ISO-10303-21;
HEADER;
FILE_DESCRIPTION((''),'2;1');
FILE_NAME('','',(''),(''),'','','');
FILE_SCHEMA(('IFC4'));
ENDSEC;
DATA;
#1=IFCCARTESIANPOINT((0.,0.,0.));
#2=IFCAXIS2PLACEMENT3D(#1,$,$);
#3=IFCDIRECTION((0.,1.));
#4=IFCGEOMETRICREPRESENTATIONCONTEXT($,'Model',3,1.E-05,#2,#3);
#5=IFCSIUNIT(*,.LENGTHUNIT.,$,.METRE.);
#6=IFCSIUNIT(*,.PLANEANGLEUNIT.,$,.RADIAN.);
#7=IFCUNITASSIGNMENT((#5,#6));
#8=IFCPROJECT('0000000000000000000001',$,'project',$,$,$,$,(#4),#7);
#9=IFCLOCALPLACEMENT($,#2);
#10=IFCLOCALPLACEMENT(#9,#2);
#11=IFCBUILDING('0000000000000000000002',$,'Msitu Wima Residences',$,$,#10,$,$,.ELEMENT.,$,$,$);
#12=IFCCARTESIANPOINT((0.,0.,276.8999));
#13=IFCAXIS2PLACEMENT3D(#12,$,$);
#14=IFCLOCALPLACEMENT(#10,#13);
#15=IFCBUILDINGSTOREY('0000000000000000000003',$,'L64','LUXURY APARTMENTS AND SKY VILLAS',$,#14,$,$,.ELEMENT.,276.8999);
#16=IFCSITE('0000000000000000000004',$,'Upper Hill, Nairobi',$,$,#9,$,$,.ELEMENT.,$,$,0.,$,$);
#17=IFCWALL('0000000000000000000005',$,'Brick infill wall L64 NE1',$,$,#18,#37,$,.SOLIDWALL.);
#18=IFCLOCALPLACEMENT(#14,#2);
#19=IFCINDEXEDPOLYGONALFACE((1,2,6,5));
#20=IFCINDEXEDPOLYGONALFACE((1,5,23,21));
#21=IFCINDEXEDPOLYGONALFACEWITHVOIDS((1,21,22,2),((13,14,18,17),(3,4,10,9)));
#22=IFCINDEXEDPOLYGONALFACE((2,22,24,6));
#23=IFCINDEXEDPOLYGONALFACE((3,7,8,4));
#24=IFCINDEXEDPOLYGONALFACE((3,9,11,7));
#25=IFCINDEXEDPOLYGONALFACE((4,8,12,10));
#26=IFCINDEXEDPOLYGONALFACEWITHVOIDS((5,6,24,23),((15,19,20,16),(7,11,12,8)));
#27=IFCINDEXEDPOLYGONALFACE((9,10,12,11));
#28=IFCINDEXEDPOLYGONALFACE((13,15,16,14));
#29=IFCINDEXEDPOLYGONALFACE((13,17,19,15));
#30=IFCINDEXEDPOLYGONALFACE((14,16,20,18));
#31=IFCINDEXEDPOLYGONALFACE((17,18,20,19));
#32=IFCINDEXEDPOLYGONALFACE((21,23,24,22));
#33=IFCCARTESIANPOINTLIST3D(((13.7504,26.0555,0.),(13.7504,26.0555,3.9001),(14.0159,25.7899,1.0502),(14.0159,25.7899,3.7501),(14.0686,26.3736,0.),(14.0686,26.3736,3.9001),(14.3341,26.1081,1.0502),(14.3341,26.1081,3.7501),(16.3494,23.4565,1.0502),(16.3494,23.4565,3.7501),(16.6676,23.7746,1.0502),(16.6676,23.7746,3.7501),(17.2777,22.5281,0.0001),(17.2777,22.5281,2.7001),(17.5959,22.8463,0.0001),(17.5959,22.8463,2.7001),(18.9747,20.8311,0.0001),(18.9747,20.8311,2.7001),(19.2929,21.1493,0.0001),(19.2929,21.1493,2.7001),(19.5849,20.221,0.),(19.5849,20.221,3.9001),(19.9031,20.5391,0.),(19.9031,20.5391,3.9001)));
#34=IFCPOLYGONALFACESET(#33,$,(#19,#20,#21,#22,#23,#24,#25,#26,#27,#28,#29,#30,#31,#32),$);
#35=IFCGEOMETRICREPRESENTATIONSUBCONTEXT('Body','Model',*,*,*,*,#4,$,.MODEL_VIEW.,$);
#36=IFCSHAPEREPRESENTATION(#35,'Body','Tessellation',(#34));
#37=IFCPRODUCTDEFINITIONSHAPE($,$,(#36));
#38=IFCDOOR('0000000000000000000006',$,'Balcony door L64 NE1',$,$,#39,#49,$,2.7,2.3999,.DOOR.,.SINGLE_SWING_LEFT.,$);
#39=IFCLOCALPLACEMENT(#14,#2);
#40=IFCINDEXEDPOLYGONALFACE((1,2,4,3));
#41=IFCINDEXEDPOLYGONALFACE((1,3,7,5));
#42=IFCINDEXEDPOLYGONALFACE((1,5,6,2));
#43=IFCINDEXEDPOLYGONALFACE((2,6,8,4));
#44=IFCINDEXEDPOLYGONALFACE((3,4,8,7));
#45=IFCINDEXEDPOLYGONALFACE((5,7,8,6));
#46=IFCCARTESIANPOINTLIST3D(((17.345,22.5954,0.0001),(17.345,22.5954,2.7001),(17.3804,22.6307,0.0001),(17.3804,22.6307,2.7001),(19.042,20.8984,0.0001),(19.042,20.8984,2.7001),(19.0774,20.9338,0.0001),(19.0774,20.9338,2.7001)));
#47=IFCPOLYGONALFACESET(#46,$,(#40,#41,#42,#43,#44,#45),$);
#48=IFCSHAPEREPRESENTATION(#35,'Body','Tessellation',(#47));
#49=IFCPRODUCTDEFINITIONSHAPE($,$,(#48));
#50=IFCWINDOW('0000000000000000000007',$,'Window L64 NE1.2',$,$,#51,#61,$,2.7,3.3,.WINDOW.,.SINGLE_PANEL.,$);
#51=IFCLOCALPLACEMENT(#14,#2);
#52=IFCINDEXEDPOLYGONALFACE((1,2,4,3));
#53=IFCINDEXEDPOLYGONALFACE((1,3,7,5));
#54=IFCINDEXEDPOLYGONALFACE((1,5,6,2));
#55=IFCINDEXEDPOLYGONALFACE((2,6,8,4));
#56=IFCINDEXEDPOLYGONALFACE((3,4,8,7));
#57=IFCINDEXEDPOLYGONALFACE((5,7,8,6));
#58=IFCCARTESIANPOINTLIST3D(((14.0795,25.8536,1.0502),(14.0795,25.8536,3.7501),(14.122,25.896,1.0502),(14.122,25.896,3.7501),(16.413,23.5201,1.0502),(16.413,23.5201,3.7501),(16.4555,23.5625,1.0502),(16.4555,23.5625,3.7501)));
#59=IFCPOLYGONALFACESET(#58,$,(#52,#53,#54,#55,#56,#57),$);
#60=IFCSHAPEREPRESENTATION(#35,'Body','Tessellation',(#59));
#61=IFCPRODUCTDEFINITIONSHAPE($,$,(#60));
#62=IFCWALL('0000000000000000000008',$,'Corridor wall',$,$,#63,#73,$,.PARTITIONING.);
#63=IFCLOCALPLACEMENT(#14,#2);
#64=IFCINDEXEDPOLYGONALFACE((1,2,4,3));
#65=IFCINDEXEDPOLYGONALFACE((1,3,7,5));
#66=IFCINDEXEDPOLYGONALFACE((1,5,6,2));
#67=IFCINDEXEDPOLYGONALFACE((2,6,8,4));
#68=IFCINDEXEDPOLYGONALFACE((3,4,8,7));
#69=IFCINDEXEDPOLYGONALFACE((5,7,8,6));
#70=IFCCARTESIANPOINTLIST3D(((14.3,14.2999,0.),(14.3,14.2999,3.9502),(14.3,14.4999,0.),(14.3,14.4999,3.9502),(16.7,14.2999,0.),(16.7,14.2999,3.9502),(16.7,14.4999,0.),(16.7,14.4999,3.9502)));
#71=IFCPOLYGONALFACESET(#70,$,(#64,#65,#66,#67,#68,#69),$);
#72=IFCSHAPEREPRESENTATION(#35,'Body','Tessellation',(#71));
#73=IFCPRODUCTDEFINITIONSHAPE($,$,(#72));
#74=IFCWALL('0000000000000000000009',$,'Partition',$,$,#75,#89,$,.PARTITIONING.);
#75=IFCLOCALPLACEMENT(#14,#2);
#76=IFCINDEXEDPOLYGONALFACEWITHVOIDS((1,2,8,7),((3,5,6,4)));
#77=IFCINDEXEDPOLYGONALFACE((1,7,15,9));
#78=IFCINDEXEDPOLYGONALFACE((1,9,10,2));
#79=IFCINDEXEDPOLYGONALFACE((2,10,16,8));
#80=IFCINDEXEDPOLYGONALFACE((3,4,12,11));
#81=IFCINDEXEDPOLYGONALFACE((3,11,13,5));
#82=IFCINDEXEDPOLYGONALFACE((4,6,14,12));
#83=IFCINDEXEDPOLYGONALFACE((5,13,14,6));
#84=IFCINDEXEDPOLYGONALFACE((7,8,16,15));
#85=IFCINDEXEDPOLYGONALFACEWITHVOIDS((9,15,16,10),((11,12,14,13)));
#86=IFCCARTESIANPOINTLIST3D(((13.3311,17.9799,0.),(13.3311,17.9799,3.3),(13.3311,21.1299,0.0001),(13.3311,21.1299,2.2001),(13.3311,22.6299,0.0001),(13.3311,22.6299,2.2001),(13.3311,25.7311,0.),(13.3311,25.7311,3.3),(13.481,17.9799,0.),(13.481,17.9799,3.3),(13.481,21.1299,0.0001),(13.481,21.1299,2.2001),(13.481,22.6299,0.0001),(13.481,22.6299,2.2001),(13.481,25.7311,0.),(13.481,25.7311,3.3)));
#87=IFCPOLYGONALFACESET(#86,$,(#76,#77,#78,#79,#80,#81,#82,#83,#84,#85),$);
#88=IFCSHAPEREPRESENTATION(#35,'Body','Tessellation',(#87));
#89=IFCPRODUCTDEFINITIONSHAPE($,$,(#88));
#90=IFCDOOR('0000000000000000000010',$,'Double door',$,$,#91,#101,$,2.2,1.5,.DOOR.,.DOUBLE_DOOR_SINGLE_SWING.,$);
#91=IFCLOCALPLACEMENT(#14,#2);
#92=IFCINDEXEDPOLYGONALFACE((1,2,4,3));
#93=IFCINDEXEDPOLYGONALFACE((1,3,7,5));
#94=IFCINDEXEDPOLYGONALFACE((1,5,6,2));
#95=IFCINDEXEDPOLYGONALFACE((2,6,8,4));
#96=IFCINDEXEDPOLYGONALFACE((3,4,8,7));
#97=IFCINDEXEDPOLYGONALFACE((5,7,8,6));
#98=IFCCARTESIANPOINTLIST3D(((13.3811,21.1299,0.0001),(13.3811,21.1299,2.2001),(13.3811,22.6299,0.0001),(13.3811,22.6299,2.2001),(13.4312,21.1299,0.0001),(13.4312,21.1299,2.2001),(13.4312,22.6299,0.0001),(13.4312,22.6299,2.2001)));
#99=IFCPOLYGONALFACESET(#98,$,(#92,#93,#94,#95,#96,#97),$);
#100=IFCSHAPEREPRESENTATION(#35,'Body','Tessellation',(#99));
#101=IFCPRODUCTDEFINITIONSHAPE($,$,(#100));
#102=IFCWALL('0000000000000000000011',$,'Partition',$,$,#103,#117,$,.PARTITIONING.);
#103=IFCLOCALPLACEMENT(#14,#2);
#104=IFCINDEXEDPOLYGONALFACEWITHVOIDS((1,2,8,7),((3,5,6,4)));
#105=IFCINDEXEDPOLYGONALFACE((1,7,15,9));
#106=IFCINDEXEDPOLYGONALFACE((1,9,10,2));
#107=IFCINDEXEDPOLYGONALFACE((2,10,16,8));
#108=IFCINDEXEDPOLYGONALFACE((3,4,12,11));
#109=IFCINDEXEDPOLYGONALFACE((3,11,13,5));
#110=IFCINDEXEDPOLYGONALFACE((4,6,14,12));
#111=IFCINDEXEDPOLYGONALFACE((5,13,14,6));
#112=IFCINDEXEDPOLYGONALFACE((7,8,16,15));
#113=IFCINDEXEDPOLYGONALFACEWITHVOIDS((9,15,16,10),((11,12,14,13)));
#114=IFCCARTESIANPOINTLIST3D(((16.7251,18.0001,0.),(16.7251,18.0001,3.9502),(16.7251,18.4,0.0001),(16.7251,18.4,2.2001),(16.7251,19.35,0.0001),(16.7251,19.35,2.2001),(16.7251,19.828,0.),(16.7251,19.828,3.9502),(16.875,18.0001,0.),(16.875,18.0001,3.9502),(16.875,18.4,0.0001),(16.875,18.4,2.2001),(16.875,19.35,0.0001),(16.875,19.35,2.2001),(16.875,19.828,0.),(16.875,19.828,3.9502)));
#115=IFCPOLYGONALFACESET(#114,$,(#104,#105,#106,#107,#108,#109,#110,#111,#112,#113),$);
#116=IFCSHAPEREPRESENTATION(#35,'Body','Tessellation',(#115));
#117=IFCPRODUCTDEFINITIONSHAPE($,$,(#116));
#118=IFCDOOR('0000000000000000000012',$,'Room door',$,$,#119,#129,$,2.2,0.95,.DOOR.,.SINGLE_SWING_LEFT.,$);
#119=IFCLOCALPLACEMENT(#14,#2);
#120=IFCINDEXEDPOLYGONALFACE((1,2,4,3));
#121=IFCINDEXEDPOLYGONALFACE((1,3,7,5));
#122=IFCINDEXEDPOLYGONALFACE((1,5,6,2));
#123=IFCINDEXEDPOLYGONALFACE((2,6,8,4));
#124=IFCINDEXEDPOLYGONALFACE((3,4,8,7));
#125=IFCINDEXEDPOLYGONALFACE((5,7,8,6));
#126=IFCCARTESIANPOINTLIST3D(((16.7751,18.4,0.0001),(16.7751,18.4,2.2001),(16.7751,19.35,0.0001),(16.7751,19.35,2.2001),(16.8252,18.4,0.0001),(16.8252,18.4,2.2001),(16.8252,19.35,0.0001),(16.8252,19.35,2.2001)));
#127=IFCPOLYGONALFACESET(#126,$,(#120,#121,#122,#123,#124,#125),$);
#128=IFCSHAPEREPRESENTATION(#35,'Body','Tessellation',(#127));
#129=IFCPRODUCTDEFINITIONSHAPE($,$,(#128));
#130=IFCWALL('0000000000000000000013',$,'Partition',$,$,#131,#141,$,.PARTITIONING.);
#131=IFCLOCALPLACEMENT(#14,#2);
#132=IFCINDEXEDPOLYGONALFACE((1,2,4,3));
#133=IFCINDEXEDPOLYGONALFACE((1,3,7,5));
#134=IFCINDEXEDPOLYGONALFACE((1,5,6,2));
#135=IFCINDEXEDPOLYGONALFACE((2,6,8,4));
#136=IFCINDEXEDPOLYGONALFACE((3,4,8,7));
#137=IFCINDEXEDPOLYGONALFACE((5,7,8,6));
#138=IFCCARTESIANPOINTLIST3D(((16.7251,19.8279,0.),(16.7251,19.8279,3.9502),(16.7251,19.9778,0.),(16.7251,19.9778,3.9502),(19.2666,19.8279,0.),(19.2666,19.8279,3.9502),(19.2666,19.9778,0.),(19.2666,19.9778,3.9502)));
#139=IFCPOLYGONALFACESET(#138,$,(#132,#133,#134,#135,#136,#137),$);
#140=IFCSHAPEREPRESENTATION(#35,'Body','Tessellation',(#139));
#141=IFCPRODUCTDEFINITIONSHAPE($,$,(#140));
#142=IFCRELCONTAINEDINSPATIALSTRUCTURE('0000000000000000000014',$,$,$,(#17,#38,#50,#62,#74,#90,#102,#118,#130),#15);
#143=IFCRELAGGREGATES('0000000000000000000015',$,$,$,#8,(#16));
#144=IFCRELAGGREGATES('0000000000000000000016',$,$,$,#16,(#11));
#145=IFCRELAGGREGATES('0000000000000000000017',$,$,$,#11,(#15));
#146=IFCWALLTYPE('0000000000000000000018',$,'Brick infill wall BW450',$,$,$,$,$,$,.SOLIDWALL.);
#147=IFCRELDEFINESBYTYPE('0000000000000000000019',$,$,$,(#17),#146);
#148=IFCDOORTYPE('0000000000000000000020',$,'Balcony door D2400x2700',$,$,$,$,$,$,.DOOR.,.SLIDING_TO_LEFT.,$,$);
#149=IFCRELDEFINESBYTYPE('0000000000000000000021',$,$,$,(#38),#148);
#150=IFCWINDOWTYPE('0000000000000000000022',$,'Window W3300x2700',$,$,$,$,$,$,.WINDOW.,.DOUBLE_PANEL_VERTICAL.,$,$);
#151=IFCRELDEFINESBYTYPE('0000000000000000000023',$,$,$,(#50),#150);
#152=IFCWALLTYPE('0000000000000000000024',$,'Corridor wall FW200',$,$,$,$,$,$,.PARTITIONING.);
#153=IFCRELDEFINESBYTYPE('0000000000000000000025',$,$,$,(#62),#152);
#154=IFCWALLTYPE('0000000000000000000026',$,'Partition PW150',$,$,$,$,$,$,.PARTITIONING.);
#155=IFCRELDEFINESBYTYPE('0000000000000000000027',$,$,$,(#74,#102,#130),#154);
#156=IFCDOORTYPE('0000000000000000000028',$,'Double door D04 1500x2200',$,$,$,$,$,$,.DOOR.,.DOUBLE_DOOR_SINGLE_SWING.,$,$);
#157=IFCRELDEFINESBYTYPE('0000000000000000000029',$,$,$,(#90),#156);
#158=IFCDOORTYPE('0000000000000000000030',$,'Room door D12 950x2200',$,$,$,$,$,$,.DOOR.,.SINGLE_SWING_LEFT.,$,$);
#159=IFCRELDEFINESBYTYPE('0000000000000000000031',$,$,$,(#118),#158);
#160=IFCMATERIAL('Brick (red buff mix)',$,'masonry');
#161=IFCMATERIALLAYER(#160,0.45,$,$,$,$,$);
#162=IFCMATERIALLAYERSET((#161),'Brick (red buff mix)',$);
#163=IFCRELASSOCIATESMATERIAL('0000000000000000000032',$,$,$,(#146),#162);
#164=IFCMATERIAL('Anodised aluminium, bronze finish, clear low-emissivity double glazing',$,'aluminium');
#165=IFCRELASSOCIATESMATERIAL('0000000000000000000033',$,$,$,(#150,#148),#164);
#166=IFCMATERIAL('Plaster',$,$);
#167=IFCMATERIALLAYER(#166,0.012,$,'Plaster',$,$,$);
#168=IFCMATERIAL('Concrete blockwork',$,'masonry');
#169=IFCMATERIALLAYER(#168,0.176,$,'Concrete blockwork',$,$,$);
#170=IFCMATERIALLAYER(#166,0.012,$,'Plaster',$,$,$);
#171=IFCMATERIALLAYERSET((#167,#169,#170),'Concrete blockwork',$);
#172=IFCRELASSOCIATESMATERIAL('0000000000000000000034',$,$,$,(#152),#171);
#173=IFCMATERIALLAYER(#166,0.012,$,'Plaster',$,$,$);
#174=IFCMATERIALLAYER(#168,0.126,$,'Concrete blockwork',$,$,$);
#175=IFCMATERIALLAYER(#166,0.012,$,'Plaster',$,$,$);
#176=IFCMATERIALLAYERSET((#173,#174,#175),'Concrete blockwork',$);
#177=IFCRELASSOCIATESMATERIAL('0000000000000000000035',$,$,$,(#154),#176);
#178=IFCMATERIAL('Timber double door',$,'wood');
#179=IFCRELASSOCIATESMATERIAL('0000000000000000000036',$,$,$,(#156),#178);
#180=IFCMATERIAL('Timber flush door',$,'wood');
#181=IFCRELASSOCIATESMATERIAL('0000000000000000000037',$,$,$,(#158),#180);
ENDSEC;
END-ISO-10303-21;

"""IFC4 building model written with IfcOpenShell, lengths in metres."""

from ifc_helpers import new_model, si_unit, direction, frame, frame_2d, origin, place, context, subcontext, project, spatial, rectangle, extrude, material, layer, layer_set, type_object, element, fill, save


model = new_model("IFC4")

# Units and contexts
model_context = context("Model", 3, precision=1e-05, world=origin(), true_north=direction((0.0, 1.0)))
body_context = subcontext(model_context, "Body", "Model", "MODEL_VIEW")
ifc_project = project(units=[si_unit("LENGTHUNIT", "METRE"), si_unit("PLANEANGLEUNIT", "RADIAN")], contexts=[model_context])

# Site, building, storey
site_placement = place(None, origin())
site = spatial("IfcSite", under=ifc_project, at=site_placement, Name="Upper Hill, Nairobi", CompositionType="ELEMENT", RefElevation=0.0)
building_placement = place(site_placement, origin())
building = spatial("IfcBuilding", under=site, at=building_placement, Name="Msitu Wima Residences", CompositionType="ELEMENT")
storey_placement = place(building_placement, frame((0.0, 0.0, 276.8999)))
storey = spatial("IfcBuildingStorey", under=building, at=storey_placement, Name="L64", Description="LUXURY APARTMENTS AND SKY VILLAS", CompositionType="ELEMENT", Elevation=276.8999)

# Shared definitions
ifc_material_1 = material(Name="Brick (red buff mix)", Category="masonry")
ifc_layer_1 = layer(ifc_material_1, 0.45)
ifc_layer_set_1 = layer_set([ifc_layer_1], Name="Brick (red buff mix)")
wall_type_1 = type_object("IfcWallType", Name="Brick infill wall BW450", PredefinedType="SOLIDWALL", material=ifc_layer_set_1)
ifc_material_2 = material(Name="Anodised aluminium, bronze finish, clear low-emissivity double glazing", Category="aluminium")
window_type = type_object("IfcWindowType", Name="Window W3300x2700", PartitioningType="DOUBLE_PANEL_VERTICAL", PredefinedType="WINDOW", material=ifc_material_2)

# Wall, openings, door, window
wall_1_placement = place(storey_placement, frame((19.7439, 20.3801, 0.0), z_axis=(0.0, 0.0, 1.0), x_axis=(-0.707107, 0.707107, 0.0)))
wall_1 = element("IfcWall", 1, at=wall_1_placement, inside=storey, type_object=wall_type_1, Name="Brick infill wall L64 NE1", PredefinedType="SOLIDWALL", context=body_context, shape_type="SweptSolid", body=[
    extrude(rectangle(XDim=8.2512, YDim=0.45, at=frame_2d((4.1255, 0.0))), origin(), (0.0, 0.0, 1.0), 3.9001),
])
opening_1_placement = place(wall_1_placement, frame((0.8628, 0.0, 0.0)))
opening_1 = element("IfcOpeningElement", 2, at=opening_1_placement, cuts=wall_1, PredefinedType="OPENING", context=body_context, shape_type="SweptSolid", body=[
    extrude(rectangle(XDim=2.3999, YDim=2.7, at=frame_2d((1.2, 1.3501))), frame((0.0, 0.2349, 0.0), z_axis=(0.0, -1.0, 0.0), x_axis=(1.0, 0.0, 0.0)), (0.0, 0.0, 1.0), 0.47),
])
opening_2_placement = place(wall_1_placement, frame((4.5757, 0.0, 1.05)))
opening_2 = element("IfcOpeningElement", 3, at=opening_2_placement, cuts=wall_1, PredefinedType="OPENING", context=body_context, shape_type="SweptSolid", body=[
    extrude(rectangle(XDim=3.3, YDim=2.7, at=frame_2d((1.6499, 1.3501))), frame((0.0, 0.2349, 0.0), z_axis=(0.0, -1.0, 0.0), x_axis=(1.0, 0.0, 0.0)), (0.0, 0.0, 1.0), 0.47),
])
door_type_1 = type_object("IfcDoorType", Name="Balcony door D2400x2700", OperationType="SLIDING_TO_LEFT", PredefinedType="DOOR", material=ifc_material_2)
door_1_placement = place(opening_1_placement, origin())
door_1 = element("IfcDoor", 4, at=door_1_placement, inside=storey, type_object=door_type_1, Name="Balcony door L64 NE1", OperationType="SINGLE_SWING_LEFT", OverallHeight=2.7, OverallWidth=2.3999, PredefinedType="DOOR", context=body_context, shape_type="SweptSolid", body=[
    extrude(rectangle(XDim=2.3999, YDim=2.7, at=frame_2d((1.2, 1.3501))), frame((0.0, 0.1299, 0.0), z_axis=(0.0, -1.0, 0.0), x_axis=(1.0, 0.0, 0.0)), (0.0, 0.0, 1.0), 0.05),
])
fill(opening_1, door_1)
window_1_placement = place(opening_2_placement, origin())
window_1 = element("IfcWindow", 5, at=window_1_placement, inside=storey, type_object=window_type, Name="Window L64 NE1.2", OverallHeight=2.7, OverallWidth=3.3, PartitioningType="SINGLE_PANEL", PredefinedType="WINDOW", context=body_context, shape_type="SweptSolid", body=[
    extrude(rectangle(XDim=3.3, YDim=2.7, at=frame_2d((1.6499, 1.3501))), frame((0.0, 0.135, 0.0), z_axis=(0.0, -1.0, 0.0), x_axis=(1.0, 0.0, 0.0)), (0.0, 0.0, 1.0), 0.0601),
])
fill(opening_2, window_1)

# Wall
ifc_material_3 = material(Name="Plaster")
ifc_layer_2 = layer(ifc_material_3, 0.012, Name="Plaster")
ifc_material_4 = material(Name="Concrete blockwork", Category="masonry")
ifc_layer_3 = layer(ifc_material_4, 0.176, Name="Concrete blockwork")
ifc_layer_4 = layer(ifc_material_3, 0.012, Name="Plaster")
ifc_layer_set_2 = layer_set([ifc_layer_2, ifc_layer_3, ifc_layer_4], Name="Concrete blockwork")
wall_type_2 = type_object("IfcWallType", Name="Corridor wall FW200", PredefinedType="PARTITIONING", material=ifc_layer_set_2)
wall_2_placement = place(storey_placement, frame((14.3, 14.3999, 0.0), z_axis=(0.0, 0.0, 1.0), x_axis=(1.0, 0.0, 0.0)))
element("IfcWall", 6, at=wall_2_placement, inside=storey, type_object=wall_type_2, Name="Corridor wall", PredefinedType="PARTITIONING", context=body_context, shape_type="SweptSolid", body=[
    extrude(rectangle(XDim=2.3999, YDim=0.2, at=frame_2d((1.2, 0.0))), origin(), (0.0, 0.0, 1.0), 3.9502),
])

# Walls, openings, doors
ifc_layer_5 = layer(ifc_material_3, 0.012, Name="Plaster")
ifc_layer_6 = layer(ifc_material_4, 0.126, Name="Concrete blockwork")
ifc_layer_7 = layer(ifc_material_3, 0.012, Name="Plaster")
ifc_layer_set_3 = layer_set([ifc_layer_5, ifc_layer_6, ifc_layer_7], Name="Concrete blockwork")
wall_type_3 = type_object("IfcWallType", Name="Partition PW150", PredefinedType="PARTITIONING", material=ifc_layer_set_3)
wall_3_placement = place(storey_placement, frame((13.406, 17.98, 0.0), z_axis=(0.0, 0.0, 1.0), x_axis=(0.0, 1.0, 0.0)))
wall_3 = element("IfcWall", 7, at=wall_3_placement, inside=storey, type_object=wall_type_3, Name="Partition", PredefinedType="PARTITIONING", context=body_context, shape_type="SweptSolid", body=[
    extrude(rectangle(XDim=7.7512, YDim=0.1499, at=frame_2d((3.8755, 0.0))), origin(), (0.0, 0.0, 1.0), 3.3),
])
opening_3_placement = place(wall_3_placement, frame((3.1499, 0.0, 0.0)))
opening_3 = element("IfcOpeningElement", 8, at=opening_3_placement, cuts=wall_3, PredefinedType="OPENING", context=body_context, shape_type="SweptSolid", body=[
    extrude(rectangle(XDim=1.5, YDim=2.2, at=frame_2d((0.75, 1.1001))), frame((0.0, 0.085, 0.0), z_axis=(0.0, -1.0, 0.0), x_axis=(1.0, 0.0, 0.0)), (0.0, 0.0, 1.0), 0.1699),
])
ifc_material_5 = material(Name="Timber double door", Category="wood")
door_type_2 = type_object("IfcDoorType", Name="Double door D04 1500x2200", OperationType="DOUBLE_DOOR_SINGLE_SWING", PredefinedType="DOOR", material=ifc_material_5)
door_2_placement = place(opening_3_placement, origin())
door_2 = element("IfcDoor", 9, at=door_2_placement, inside=storey, type_object=door_type_2, Name="Double door", OperationType="DOUBLE_DOOR_SINGLE_SWING", OverallHeight=2.2, OverallWidth=1.5, PredefinedType="DOOR", context=body_context, shape_type="SweptSolid", body=[
    extrude(rectangle(XDim=1.5, YDim=2.2, at=frame_2d((0.75, 1.1001))), frame((0.0, 0.0249, 0.0), z_axis=(0.0, -1.0, 0.0), x_axis=(1.0, 0.0, 0.0)), (0.0, 0.0, 1.0), 0.05),
])
fill(opening_3, door_2)
wall_4_placement = place(storey_placement, frame((16.8, 18.0, 0.0), z_axis=(0.0, 0.0, 1.0), x_axis=(0.0, 1.0, 0.0)))
wall_4 = element("IfcWall", 10, at=wall_4_placement, inside=storey, type_object=wall_type_3, Name="Partition", PredefinedType="PARTITIONING", context=body_context, shape_type="SweptSolid", body=[
    extrude(rectangle(XDim=1.8279, YDim=0.1499, at=frame_2d((0.9141, 0.0))), origin(), (0.0, 0.0, 1.0), 3.9502),
])
opening_4_placement = place(wall_4_placement, frame((0.3999, 0.0, 0.0)))
opening_4 = element("IfcOpeningElement", 11, at=opening_4_placement, cuts=wall_4, PredefinedType="OPENING", context=body_context, shape_type="SweptSolid", body=[
    extrude(rectangle(XDim=0.95, YDim=2.2, at=frame_2d((0.4751, 1.1001))), frame((0.0, 0.085, 0.0), z_axis=(0.0, -1.0, 0.0), x_axis=(1.0, 0.0, 0.0)), (0.0, 0.0, 1.0), 0.1699),
])
ifc_material_6 = material(Name="Timber flush door", Category="wood")
door_type_3 = type_object("IfcDoorType", Name="Room door D12 950x2200", OperationType="SINGLE_SWING_LEFT", PredefinedType="DOOR", material=ifc_material_6)
door_3_placement = place(opening_4_placement, origin())
door_3 = element("IfcDoor", 12, at=door_3_placement, inside=storey, type_object=door_type_3, Name="Room door", OperationType="SINGLE_SWING_LEFT", OverallHeight=2.2, OverallWidth=0.95, PredefinedType="DOOR", context=body_context, shape_type="SweptSolid", body=[
    extrude(rectangle(XDim=0.95, YDim=2.2, at=frame_2d((0.4751, 1.1001))), frame((0.0, 0.0249, 0.0), z_axis=(0.0, -1.0, 0.0), x_axis=(1.0, 0.0, 0.0)), (0.0, 0.0, 1.0), 0.05),
])
fill(opening_4, door_3)

# Wall
wall_5_placement = place(storey_placement, frame((16.7251, 19.9028, 0.0), z_axis=(0.0, 0.0, 1.0), x_axis=(1.0, 0.0, 0.0)))
element("IfcWall", 13, at=wall_5_placement, inside=storey, type_object=wall_type_3, Name="Partition", PredefinedType="PARTITIONING", context=body_context, shape_type="SweptSolid", body=[
    extrude(rectangle(XDim=2.5415, YDim=0.1499, at=frame_2d((1.2708, 0.0))), origin(), (0.0, 0.0, 1.0), 3.9502),
])

save(model, "model.ifc")
